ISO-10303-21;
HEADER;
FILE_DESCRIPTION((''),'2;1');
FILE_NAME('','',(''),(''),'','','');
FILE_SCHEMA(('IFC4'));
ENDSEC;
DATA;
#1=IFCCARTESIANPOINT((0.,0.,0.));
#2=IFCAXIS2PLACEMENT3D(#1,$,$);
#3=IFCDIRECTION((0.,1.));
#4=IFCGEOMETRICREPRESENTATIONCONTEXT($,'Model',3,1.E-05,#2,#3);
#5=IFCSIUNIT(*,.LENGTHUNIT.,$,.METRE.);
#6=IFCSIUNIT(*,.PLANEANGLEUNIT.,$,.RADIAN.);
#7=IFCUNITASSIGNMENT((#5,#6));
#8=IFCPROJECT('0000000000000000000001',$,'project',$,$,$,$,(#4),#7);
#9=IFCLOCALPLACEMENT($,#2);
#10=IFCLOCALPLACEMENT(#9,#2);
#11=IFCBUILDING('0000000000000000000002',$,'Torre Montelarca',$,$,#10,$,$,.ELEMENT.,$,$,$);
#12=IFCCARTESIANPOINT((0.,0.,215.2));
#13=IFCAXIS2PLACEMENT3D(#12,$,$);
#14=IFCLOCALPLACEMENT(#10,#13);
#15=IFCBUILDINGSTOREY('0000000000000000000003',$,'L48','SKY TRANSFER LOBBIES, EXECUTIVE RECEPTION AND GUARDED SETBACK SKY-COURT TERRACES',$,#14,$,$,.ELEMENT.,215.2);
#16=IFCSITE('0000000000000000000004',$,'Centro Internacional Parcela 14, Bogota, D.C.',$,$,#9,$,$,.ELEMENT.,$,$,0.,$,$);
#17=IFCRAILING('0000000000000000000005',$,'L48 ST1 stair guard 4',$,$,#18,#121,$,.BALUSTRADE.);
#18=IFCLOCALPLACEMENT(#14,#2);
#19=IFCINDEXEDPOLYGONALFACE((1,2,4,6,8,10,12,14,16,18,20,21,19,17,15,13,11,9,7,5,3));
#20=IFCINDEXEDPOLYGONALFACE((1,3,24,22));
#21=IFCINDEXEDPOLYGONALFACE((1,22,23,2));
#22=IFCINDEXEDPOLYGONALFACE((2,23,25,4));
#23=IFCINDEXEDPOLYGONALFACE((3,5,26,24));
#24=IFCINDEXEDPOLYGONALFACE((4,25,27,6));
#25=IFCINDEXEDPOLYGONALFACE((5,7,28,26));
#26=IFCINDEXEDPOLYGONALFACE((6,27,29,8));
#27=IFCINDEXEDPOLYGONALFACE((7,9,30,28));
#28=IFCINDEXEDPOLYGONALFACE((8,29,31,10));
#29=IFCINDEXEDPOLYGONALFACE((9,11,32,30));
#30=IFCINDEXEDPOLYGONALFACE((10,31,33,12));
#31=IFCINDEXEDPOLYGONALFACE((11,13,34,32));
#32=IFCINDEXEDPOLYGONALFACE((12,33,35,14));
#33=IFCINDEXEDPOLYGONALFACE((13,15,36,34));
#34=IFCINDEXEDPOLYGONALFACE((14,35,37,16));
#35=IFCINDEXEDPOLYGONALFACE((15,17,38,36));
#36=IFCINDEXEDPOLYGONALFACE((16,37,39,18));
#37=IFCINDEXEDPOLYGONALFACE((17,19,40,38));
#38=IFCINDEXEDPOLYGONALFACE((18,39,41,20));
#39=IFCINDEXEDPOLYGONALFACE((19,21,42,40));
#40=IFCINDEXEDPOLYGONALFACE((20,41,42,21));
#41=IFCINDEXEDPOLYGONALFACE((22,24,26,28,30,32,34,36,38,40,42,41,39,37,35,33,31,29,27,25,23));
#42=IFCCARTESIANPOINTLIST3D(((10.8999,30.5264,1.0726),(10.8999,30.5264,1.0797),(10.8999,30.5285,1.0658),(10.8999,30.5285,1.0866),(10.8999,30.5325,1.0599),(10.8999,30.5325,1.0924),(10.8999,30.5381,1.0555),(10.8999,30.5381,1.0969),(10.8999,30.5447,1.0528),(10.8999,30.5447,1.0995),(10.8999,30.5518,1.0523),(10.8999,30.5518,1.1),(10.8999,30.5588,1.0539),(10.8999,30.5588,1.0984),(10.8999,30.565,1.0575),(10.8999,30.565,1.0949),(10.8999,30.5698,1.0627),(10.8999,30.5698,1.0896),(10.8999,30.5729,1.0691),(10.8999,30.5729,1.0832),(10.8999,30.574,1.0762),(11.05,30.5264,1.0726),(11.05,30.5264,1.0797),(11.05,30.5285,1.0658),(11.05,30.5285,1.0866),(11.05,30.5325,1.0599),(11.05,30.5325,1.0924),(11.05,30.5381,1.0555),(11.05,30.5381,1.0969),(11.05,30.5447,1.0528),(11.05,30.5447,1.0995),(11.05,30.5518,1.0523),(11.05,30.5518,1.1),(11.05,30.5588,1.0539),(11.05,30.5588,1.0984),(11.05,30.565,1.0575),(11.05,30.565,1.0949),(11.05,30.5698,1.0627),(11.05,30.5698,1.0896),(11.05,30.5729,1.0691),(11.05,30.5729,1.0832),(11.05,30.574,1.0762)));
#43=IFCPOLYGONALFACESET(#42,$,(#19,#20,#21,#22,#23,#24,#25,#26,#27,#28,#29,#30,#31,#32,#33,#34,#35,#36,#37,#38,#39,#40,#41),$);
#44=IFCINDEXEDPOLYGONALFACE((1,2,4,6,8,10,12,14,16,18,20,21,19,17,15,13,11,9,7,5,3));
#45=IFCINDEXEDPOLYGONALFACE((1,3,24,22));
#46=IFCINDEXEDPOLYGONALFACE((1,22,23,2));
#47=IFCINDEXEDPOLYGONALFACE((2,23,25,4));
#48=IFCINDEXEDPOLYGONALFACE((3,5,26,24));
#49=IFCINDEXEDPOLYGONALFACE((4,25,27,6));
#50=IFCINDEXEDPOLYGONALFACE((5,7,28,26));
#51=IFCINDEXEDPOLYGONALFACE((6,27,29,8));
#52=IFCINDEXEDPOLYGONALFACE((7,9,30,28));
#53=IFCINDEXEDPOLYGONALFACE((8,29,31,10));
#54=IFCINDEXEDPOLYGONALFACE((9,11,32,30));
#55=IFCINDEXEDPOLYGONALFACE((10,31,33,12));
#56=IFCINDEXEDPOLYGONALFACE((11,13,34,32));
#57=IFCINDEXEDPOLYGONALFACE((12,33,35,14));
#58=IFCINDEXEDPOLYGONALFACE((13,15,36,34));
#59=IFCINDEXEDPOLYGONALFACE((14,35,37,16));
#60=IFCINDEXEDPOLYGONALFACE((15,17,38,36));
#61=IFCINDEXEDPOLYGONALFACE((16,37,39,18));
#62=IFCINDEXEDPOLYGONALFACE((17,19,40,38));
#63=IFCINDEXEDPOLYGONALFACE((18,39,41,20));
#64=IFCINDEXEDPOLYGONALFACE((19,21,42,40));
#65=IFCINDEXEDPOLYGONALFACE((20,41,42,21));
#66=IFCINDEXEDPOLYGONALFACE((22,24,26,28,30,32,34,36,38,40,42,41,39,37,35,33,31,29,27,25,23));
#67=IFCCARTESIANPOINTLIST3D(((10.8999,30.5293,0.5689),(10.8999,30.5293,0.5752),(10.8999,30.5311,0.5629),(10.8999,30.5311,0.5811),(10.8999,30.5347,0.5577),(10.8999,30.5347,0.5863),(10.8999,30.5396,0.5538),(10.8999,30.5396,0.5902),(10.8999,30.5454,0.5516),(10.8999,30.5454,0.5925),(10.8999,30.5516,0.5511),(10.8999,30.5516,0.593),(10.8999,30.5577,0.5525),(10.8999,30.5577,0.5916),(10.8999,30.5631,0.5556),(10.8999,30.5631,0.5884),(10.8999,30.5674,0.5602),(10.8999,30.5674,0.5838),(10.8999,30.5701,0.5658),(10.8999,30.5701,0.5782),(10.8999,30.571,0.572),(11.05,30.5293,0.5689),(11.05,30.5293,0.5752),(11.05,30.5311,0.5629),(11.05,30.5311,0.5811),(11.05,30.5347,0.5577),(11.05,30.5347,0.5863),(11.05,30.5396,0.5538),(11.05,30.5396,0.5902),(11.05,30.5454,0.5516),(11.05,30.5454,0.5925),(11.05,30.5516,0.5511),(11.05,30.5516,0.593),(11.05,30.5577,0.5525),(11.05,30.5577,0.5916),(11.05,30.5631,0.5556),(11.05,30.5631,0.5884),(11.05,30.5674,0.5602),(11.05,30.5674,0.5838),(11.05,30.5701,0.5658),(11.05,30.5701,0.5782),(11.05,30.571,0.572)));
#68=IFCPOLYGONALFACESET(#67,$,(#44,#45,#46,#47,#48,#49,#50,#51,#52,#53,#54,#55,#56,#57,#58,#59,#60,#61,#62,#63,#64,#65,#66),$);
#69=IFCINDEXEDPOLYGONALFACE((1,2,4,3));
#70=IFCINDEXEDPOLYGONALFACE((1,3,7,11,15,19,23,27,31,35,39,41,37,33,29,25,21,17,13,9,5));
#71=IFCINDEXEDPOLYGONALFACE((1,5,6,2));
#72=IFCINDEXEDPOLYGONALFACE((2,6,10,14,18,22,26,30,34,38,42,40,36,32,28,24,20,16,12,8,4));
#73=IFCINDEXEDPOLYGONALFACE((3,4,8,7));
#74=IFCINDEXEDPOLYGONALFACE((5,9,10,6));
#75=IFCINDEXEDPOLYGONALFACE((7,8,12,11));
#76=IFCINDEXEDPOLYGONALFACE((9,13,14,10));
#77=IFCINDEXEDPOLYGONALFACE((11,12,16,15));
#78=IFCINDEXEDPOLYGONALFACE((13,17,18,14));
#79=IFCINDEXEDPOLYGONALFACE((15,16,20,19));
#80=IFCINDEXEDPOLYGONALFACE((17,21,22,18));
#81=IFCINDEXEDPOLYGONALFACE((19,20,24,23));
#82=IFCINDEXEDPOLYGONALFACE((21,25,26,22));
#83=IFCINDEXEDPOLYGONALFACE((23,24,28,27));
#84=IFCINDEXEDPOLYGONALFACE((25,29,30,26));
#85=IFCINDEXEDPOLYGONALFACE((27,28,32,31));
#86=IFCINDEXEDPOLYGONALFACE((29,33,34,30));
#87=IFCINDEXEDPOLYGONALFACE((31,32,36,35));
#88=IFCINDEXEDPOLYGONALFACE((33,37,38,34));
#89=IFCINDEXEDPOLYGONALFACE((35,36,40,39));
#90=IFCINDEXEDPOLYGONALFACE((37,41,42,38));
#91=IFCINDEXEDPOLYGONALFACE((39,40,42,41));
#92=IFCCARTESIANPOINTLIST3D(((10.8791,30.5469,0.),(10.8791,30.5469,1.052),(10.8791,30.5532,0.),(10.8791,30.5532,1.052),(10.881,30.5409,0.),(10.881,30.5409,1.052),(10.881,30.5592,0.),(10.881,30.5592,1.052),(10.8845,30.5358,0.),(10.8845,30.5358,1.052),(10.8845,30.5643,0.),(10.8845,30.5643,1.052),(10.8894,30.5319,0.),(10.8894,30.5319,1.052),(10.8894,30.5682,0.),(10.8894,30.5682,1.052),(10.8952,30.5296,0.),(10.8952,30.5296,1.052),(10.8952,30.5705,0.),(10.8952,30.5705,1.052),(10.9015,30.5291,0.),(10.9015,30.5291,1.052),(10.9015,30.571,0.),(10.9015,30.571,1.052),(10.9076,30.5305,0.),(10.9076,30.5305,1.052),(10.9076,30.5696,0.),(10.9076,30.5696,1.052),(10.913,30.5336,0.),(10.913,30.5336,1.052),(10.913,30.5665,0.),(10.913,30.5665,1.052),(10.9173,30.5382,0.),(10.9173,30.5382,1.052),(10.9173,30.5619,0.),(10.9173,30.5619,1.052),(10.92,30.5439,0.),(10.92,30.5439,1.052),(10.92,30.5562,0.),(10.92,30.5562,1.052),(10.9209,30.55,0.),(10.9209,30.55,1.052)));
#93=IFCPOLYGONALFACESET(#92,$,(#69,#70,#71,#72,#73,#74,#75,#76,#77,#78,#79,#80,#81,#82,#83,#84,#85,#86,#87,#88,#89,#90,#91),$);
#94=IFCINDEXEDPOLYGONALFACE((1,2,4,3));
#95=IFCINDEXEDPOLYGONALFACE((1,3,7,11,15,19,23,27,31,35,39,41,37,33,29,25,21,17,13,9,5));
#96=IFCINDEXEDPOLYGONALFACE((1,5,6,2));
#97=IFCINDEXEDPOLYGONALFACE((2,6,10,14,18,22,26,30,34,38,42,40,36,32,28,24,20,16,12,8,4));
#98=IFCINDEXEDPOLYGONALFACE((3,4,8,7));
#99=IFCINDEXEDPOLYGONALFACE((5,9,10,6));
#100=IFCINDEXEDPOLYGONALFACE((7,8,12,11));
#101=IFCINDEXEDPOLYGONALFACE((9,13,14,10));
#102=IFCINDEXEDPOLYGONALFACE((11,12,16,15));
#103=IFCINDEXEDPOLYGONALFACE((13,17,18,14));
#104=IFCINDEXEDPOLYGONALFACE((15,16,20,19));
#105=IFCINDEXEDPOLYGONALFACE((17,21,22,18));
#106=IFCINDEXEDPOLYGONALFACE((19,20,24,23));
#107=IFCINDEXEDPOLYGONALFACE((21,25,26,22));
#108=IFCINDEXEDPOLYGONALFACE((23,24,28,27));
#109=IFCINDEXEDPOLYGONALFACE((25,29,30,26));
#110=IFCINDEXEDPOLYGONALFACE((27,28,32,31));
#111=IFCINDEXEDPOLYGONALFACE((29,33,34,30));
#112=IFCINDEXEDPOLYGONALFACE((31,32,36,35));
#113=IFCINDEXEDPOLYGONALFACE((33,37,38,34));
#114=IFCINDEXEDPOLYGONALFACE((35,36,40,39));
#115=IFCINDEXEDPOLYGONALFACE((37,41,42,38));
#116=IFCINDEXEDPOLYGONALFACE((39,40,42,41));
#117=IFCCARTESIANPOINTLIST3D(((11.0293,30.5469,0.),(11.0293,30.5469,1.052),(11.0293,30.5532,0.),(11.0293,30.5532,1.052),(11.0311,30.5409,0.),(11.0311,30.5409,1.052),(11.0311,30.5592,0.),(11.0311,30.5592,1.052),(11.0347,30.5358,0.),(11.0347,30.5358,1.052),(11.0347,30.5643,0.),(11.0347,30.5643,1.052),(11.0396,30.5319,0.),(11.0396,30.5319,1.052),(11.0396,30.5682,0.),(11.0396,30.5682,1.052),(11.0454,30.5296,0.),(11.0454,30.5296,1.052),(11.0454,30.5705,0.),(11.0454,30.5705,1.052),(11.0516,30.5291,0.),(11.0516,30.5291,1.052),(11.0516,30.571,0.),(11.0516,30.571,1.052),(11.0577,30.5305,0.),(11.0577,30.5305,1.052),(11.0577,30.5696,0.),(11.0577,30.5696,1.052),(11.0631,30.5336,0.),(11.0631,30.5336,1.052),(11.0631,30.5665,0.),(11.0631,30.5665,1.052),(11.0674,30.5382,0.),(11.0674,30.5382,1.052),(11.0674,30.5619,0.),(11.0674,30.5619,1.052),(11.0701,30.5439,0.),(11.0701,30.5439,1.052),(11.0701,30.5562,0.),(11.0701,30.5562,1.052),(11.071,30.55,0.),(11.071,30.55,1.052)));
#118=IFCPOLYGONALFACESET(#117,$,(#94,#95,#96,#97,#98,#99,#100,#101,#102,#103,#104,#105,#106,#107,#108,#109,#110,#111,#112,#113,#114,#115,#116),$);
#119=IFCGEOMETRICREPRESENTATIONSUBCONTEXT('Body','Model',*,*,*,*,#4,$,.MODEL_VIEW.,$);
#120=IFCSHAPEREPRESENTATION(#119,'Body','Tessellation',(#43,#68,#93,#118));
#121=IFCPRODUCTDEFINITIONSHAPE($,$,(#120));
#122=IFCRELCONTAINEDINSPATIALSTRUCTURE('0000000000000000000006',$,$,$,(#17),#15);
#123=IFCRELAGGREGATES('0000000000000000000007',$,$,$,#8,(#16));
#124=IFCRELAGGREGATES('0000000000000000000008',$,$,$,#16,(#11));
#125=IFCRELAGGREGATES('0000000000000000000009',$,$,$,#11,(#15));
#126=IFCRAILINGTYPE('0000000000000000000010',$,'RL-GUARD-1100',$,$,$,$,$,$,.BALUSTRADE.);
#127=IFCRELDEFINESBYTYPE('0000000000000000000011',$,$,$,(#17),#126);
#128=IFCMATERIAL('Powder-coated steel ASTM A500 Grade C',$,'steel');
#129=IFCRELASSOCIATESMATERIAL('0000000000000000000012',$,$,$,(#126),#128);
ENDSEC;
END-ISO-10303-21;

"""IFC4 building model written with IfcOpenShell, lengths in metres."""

from ifc_helpers import new_model, si_unit, direction, frame, origin, origin_2d, place, context, subcontext, project, spatial, circle, extrude, material, type_object, element, save


model = new_model("IFC4")

# Units and contexts
model_context = context("Model", 3, precision=1e-05, world=origin(), true_north=direction((0.0, 1.0)))
body_context = subcontext(model_context, "Body", "Model", "MODEL_VIEW")
ifc_project = project(units=[si_unit("LENGTHUNIT", "METRE"), si_unit("PLANEANGLEUNIT", "RADIAN")], contexts=[model_context])

# Site, building, storey
site_placement = place(None, origin())
site = spatial("IfcSite", under=ifc_project, at=site_placement, Name="Centro Internacional Parcela 14, Bogota, D.C.", CompositionType="ELEMENT", RefElevation=0.0)
building_placement = place(site_placement, origin())
building = spatial("IfcBuilding", under=site, at=building_placement, Name="Torre Montelarca", CompositionType="ELEMENT")
storey_placement = place(building_placement, frame((0.0, 0.0, 215.2)))
storey = spatial("IfcBuildingStorey", under=building, at=storey_placement, Name="L48", Description="SKY TRANSFER LOBBIES, EXECUTIVE RECEPTION AND GUARDED SETBACK SKY-COURT TERRACES", CompositionType="ELEMENT", Elevation=215.2)

# Railing
ifc_material_1 = material(Name="Powder-coated steel ASTM A500 Grade C", Category="steel")
railing_type_1 = type_object("IfcRailingType", Name="RL-GUARD-1100", PredefinedType="BALUSTRADE", material=ifc_material_1)
railing_1_placement = place(storey_placement, frame((10.8999, 30.55, 0.0)))
element("IfcRailing", 1, at=railing_1_placement, inside=storey, type_object=railing_type_1, Name="L48 ST1 stair guard 4", PredefinedType="BALUSTRADE", context=body_context, shape_type="SweptSolid", body=[
    extrude(circle(Radius=0.0239, at=origin_2d()), frame((0.0, 0.0, 1.0762), z_axis=(1.0, 0.0, 0.0), x_axis=(0.0, 1.0, 0.0)), (0.0, 0.0, 1.0), 0.1501),
    extrude(circle(Radius=0.021, at=origin_2d()), frame((0.0, 0.0, 0.572), z_axis=(1.0, 0.0, 0.0), x_axis=(0.0, 1.0, 0.0)), (0.0, 0.0, 1.0), 0.1501),
    extrude(circle(Radius=0.021, at=origin_2d()), origin(), (0.0, 0.0, 1.0), 1.052),
    extrude(circle(Radius=0.021, at=origin_2d()), frame((0.1501, 0.0, 0.0)), (0.0, 0.0, 1.0), 1.052),
])

save(model, "model.ifc")
